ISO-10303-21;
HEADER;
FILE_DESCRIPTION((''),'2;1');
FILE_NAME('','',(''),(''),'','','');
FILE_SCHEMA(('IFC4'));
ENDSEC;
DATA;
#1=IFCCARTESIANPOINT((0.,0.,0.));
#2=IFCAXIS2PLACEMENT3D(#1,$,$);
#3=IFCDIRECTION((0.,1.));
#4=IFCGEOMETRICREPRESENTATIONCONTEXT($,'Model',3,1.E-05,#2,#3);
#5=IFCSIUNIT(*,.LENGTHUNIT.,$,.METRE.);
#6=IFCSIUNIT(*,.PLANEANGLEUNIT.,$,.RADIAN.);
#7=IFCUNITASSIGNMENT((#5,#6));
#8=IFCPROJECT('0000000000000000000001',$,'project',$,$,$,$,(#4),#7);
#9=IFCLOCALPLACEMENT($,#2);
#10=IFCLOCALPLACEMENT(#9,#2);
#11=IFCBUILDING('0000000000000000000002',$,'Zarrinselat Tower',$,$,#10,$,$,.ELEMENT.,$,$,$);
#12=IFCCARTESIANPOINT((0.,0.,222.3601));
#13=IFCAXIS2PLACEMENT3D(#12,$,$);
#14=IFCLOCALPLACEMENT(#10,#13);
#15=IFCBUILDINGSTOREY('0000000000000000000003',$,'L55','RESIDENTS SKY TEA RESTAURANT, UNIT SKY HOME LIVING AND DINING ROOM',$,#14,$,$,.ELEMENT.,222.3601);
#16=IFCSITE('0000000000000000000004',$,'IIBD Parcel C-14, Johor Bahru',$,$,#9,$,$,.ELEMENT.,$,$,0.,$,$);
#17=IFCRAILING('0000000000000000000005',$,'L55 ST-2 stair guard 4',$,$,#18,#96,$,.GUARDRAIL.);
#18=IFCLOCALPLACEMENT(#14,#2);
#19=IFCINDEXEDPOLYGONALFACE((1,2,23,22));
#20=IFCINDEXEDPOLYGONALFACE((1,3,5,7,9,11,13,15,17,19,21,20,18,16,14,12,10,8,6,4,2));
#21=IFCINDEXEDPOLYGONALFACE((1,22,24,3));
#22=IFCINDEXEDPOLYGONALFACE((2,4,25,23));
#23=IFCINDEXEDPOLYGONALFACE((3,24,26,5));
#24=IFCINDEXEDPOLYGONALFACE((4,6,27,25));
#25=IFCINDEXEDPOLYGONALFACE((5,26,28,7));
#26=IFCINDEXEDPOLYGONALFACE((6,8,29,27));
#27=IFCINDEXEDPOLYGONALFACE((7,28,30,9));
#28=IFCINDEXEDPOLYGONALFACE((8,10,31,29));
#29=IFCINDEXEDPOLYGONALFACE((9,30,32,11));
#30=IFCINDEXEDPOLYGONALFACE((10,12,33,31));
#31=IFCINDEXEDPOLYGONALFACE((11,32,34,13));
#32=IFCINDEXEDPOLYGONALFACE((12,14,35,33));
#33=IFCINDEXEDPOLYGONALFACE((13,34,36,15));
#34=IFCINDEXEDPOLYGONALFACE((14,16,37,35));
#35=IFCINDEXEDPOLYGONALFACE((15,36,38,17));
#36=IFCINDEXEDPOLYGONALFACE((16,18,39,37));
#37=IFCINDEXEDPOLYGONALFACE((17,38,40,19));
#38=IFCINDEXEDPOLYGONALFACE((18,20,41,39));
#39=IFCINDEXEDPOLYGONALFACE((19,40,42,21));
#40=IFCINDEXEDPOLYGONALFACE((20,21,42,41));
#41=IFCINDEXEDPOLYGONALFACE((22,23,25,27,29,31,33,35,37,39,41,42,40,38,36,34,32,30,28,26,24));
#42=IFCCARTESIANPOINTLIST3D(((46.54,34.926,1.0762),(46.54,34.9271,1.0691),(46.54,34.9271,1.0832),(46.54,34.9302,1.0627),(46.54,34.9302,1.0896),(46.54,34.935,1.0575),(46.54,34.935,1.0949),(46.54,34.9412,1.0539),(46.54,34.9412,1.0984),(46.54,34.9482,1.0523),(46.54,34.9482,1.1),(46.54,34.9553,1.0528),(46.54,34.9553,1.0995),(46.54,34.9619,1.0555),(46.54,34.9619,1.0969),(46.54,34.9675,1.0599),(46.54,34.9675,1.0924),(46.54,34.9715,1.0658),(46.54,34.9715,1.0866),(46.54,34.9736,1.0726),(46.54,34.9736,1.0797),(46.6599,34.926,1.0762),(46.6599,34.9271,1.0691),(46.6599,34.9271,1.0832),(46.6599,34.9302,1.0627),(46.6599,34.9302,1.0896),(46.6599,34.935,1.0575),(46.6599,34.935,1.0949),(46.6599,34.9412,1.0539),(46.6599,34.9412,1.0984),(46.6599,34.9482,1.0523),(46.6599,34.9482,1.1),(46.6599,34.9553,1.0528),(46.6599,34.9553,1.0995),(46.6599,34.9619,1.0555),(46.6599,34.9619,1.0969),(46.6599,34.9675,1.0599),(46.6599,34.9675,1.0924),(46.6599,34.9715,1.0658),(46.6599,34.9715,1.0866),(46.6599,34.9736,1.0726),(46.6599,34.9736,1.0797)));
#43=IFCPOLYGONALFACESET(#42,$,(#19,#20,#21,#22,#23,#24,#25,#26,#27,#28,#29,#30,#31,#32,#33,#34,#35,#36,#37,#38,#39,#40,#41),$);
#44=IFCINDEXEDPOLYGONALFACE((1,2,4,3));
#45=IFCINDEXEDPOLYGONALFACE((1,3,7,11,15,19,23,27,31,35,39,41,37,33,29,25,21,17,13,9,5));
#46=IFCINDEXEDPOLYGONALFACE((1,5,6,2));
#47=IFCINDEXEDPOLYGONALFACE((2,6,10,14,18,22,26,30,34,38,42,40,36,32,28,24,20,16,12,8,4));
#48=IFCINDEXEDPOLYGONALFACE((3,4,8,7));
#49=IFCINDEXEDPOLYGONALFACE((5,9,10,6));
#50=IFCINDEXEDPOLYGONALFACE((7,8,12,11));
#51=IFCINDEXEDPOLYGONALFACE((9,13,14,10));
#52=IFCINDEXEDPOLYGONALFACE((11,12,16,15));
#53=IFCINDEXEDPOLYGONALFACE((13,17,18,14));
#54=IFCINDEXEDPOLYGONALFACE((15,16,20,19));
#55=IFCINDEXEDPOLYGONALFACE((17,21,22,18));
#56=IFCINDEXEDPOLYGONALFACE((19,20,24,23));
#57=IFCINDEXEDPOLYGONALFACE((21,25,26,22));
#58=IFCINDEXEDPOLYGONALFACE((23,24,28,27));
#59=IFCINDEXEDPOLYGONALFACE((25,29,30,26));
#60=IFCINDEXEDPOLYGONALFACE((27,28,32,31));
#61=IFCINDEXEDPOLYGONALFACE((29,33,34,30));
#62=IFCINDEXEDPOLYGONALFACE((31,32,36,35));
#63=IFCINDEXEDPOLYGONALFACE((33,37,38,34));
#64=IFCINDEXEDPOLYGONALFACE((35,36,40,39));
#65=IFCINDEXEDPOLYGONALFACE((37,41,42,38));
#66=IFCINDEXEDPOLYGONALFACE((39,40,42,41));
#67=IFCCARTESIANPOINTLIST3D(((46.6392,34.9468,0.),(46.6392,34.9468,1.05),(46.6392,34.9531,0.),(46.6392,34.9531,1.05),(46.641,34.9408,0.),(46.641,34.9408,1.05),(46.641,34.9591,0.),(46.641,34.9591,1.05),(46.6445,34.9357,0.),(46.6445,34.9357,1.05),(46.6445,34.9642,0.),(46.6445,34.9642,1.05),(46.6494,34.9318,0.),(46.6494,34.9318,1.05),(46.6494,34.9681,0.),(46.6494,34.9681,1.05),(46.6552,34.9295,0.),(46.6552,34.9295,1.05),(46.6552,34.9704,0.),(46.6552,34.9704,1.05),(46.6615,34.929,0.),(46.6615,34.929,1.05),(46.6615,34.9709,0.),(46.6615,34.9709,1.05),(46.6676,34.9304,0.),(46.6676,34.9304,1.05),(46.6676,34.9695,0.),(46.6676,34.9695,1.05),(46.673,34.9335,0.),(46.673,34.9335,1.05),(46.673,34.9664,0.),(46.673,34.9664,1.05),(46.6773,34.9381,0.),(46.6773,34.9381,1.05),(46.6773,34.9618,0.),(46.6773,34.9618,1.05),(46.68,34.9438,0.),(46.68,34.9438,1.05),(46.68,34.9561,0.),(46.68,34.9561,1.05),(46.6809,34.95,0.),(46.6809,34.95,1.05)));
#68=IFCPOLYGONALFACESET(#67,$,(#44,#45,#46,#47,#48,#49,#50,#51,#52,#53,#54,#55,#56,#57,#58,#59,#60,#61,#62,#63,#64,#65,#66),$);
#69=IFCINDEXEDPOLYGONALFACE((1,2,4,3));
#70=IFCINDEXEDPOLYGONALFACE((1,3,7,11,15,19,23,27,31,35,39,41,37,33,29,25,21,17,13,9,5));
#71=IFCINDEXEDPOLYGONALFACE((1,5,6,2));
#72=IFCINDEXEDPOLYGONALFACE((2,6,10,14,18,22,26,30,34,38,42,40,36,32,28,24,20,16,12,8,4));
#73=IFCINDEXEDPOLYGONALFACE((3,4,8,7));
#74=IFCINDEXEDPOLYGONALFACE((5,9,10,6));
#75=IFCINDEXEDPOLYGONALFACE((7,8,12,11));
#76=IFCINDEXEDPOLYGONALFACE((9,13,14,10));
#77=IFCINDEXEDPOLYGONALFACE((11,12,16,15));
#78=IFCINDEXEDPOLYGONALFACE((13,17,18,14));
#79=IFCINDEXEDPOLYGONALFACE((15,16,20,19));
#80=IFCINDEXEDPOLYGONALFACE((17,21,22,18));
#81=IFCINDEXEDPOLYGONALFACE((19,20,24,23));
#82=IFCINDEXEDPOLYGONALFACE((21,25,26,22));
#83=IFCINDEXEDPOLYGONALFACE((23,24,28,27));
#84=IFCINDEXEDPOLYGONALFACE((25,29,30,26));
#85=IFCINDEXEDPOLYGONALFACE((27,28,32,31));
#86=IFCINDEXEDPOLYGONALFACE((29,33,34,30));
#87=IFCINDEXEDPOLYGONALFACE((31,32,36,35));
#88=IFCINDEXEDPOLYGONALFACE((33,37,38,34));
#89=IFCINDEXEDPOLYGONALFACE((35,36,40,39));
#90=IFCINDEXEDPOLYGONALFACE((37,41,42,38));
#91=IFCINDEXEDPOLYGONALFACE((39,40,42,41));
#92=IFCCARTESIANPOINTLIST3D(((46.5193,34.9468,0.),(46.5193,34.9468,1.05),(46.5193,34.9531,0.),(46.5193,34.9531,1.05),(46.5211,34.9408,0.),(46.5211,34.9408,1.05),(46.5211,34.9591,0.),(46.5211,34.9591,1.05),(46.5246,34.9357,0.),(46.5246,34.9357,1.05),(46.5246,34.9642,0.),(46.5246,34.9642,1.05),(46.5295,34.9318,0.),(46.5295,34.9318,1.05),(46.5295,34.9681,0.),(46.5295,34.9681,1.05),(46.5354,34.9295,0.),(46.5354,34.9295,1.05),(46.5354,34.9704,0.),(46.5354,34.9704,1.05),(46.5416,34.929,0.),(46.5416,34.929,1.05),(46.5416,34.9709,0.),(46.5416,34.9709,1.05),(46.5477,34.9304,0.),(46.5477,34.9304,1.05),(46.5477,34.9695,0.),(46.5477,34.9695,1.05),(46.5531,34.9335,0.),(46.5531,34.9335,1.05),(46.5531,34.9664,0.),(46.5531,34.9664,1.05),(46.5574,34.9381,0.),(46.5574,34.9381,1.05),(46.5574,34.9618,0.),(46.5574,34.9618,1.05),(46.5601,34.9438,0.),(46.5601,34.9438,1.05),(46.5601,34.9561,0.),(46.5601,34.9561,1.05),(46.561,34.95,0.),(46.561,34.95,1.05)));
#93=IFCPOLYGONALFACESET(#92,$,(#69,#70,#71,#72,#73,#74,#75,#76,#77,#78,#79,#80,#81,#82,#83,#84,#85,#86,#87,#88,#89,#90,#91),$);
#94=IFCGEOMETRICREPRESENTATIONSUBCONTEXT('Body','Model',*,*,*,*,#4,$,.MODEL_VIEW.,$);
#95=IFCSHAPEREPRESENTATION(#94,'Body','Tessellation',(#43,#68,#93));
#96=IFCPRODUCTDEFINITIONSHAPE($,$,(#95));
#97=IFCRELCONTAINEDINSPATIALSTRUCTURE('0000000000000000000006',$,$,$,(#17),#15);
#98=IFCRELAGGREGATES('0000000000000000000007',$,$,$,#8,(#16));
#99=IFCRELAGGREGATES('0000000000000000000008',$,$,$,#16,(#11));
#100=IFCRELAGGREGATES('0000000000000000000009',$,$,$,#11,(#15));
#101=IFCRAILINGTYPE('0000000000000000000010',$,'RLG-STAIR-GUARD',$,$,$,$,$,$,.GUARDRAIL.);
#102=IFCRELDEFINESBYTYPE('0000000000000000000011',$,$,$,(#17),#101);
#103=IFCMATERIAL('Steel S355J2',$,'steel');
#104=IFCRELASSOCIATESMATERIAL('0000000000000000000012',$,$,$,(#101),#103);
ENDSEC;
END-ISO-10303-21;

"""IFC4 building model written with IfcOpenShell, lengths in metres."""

from ifc_helpers import new_model, si_unit, direction, frame, origin, origin_2d, place, context, subcontext, project, spatial, circle, extrude, material, type_object, element, save


model = new_model("IFC4")

# Units and contexts
model_context = context("Model", 3, precision=1e-05, world=origin(), true_north=direction((0.0, 1.0)))
body_context = subcontext(model_context, "Body", "Model", "MODEL_VIEW")
ifc_project = project(units=[si_unit("LENGTHUNIT", "METRE"), si_unit("PLANEANGLEUNIT", "RADIAN")], contexts=[model_context])

# Site, building, storey
site_placement = place(None, origin())
site = spatial("IfcSite", under=ifc_project, at=site_placement, Name="IIBD Parcel C-14, Johor Bahru", CompositionType="ELEMENT", RefElevation=0.0)
building_placement = place(site_placement, origin())
building = spatial("IfcBuilding", under=site, at=building_placement, Name="Zarrinselat Tower", CompositionType="ELEMENT")
storey_placement = place(building_placement, frame((0.0, 0.0, 222.3601)))
storey = spatial("IfcBuildingStorey", under=building, at=storey_placement, Name="L55", Description="RESIDENTS SKY TEA RESTAURANT, UNIT SKY HOME LIVING AND DINING ROOM", CompositionType="ELEMENT", Elevation=222.3601)

# Railing
ifc_material_1 = material(Name="Steel S355J2", Category="steel")
railing_type_1 = type_object("IfcRailingType", Name="RLG-STAIR-GUARD", PredefinedType="GUARDRAIL", material=ifc_material_1)
railing_1_placement = place(storey_placement, frame((46.6599, 34.95, 0.0)))
element("IfcRailing", 1, at=railing_1_placement, inside=storey, type_object=railing_type_1, Name="L55 ST-2 stair guard 4", PredefinedType="GUARDRAIL", context=body_context, shape_type="SweptSolid", body=[
    extrude(circle(Radius=0.0239, at=origin_2d()), frame((0.0, 0.0, 1.0762), z_axis=(-1.0, 0.0, 0.0), x_axis=(0.0, -1.0, 0.0)), (0.0, 0.0, 1.0), 0.1199),
    extrude(circle(Radius=0.021, at=origin_2d()), origin(), (0.0, 0.0, 1.0), 1.05),
    extrude(circle(Radius=0.021, at=origin_2d()), frame((-0.1199, 0.0, 0.0)), (0.0, 0.0, 1.0), 1.05),
])

save(model, "model.ifc")
